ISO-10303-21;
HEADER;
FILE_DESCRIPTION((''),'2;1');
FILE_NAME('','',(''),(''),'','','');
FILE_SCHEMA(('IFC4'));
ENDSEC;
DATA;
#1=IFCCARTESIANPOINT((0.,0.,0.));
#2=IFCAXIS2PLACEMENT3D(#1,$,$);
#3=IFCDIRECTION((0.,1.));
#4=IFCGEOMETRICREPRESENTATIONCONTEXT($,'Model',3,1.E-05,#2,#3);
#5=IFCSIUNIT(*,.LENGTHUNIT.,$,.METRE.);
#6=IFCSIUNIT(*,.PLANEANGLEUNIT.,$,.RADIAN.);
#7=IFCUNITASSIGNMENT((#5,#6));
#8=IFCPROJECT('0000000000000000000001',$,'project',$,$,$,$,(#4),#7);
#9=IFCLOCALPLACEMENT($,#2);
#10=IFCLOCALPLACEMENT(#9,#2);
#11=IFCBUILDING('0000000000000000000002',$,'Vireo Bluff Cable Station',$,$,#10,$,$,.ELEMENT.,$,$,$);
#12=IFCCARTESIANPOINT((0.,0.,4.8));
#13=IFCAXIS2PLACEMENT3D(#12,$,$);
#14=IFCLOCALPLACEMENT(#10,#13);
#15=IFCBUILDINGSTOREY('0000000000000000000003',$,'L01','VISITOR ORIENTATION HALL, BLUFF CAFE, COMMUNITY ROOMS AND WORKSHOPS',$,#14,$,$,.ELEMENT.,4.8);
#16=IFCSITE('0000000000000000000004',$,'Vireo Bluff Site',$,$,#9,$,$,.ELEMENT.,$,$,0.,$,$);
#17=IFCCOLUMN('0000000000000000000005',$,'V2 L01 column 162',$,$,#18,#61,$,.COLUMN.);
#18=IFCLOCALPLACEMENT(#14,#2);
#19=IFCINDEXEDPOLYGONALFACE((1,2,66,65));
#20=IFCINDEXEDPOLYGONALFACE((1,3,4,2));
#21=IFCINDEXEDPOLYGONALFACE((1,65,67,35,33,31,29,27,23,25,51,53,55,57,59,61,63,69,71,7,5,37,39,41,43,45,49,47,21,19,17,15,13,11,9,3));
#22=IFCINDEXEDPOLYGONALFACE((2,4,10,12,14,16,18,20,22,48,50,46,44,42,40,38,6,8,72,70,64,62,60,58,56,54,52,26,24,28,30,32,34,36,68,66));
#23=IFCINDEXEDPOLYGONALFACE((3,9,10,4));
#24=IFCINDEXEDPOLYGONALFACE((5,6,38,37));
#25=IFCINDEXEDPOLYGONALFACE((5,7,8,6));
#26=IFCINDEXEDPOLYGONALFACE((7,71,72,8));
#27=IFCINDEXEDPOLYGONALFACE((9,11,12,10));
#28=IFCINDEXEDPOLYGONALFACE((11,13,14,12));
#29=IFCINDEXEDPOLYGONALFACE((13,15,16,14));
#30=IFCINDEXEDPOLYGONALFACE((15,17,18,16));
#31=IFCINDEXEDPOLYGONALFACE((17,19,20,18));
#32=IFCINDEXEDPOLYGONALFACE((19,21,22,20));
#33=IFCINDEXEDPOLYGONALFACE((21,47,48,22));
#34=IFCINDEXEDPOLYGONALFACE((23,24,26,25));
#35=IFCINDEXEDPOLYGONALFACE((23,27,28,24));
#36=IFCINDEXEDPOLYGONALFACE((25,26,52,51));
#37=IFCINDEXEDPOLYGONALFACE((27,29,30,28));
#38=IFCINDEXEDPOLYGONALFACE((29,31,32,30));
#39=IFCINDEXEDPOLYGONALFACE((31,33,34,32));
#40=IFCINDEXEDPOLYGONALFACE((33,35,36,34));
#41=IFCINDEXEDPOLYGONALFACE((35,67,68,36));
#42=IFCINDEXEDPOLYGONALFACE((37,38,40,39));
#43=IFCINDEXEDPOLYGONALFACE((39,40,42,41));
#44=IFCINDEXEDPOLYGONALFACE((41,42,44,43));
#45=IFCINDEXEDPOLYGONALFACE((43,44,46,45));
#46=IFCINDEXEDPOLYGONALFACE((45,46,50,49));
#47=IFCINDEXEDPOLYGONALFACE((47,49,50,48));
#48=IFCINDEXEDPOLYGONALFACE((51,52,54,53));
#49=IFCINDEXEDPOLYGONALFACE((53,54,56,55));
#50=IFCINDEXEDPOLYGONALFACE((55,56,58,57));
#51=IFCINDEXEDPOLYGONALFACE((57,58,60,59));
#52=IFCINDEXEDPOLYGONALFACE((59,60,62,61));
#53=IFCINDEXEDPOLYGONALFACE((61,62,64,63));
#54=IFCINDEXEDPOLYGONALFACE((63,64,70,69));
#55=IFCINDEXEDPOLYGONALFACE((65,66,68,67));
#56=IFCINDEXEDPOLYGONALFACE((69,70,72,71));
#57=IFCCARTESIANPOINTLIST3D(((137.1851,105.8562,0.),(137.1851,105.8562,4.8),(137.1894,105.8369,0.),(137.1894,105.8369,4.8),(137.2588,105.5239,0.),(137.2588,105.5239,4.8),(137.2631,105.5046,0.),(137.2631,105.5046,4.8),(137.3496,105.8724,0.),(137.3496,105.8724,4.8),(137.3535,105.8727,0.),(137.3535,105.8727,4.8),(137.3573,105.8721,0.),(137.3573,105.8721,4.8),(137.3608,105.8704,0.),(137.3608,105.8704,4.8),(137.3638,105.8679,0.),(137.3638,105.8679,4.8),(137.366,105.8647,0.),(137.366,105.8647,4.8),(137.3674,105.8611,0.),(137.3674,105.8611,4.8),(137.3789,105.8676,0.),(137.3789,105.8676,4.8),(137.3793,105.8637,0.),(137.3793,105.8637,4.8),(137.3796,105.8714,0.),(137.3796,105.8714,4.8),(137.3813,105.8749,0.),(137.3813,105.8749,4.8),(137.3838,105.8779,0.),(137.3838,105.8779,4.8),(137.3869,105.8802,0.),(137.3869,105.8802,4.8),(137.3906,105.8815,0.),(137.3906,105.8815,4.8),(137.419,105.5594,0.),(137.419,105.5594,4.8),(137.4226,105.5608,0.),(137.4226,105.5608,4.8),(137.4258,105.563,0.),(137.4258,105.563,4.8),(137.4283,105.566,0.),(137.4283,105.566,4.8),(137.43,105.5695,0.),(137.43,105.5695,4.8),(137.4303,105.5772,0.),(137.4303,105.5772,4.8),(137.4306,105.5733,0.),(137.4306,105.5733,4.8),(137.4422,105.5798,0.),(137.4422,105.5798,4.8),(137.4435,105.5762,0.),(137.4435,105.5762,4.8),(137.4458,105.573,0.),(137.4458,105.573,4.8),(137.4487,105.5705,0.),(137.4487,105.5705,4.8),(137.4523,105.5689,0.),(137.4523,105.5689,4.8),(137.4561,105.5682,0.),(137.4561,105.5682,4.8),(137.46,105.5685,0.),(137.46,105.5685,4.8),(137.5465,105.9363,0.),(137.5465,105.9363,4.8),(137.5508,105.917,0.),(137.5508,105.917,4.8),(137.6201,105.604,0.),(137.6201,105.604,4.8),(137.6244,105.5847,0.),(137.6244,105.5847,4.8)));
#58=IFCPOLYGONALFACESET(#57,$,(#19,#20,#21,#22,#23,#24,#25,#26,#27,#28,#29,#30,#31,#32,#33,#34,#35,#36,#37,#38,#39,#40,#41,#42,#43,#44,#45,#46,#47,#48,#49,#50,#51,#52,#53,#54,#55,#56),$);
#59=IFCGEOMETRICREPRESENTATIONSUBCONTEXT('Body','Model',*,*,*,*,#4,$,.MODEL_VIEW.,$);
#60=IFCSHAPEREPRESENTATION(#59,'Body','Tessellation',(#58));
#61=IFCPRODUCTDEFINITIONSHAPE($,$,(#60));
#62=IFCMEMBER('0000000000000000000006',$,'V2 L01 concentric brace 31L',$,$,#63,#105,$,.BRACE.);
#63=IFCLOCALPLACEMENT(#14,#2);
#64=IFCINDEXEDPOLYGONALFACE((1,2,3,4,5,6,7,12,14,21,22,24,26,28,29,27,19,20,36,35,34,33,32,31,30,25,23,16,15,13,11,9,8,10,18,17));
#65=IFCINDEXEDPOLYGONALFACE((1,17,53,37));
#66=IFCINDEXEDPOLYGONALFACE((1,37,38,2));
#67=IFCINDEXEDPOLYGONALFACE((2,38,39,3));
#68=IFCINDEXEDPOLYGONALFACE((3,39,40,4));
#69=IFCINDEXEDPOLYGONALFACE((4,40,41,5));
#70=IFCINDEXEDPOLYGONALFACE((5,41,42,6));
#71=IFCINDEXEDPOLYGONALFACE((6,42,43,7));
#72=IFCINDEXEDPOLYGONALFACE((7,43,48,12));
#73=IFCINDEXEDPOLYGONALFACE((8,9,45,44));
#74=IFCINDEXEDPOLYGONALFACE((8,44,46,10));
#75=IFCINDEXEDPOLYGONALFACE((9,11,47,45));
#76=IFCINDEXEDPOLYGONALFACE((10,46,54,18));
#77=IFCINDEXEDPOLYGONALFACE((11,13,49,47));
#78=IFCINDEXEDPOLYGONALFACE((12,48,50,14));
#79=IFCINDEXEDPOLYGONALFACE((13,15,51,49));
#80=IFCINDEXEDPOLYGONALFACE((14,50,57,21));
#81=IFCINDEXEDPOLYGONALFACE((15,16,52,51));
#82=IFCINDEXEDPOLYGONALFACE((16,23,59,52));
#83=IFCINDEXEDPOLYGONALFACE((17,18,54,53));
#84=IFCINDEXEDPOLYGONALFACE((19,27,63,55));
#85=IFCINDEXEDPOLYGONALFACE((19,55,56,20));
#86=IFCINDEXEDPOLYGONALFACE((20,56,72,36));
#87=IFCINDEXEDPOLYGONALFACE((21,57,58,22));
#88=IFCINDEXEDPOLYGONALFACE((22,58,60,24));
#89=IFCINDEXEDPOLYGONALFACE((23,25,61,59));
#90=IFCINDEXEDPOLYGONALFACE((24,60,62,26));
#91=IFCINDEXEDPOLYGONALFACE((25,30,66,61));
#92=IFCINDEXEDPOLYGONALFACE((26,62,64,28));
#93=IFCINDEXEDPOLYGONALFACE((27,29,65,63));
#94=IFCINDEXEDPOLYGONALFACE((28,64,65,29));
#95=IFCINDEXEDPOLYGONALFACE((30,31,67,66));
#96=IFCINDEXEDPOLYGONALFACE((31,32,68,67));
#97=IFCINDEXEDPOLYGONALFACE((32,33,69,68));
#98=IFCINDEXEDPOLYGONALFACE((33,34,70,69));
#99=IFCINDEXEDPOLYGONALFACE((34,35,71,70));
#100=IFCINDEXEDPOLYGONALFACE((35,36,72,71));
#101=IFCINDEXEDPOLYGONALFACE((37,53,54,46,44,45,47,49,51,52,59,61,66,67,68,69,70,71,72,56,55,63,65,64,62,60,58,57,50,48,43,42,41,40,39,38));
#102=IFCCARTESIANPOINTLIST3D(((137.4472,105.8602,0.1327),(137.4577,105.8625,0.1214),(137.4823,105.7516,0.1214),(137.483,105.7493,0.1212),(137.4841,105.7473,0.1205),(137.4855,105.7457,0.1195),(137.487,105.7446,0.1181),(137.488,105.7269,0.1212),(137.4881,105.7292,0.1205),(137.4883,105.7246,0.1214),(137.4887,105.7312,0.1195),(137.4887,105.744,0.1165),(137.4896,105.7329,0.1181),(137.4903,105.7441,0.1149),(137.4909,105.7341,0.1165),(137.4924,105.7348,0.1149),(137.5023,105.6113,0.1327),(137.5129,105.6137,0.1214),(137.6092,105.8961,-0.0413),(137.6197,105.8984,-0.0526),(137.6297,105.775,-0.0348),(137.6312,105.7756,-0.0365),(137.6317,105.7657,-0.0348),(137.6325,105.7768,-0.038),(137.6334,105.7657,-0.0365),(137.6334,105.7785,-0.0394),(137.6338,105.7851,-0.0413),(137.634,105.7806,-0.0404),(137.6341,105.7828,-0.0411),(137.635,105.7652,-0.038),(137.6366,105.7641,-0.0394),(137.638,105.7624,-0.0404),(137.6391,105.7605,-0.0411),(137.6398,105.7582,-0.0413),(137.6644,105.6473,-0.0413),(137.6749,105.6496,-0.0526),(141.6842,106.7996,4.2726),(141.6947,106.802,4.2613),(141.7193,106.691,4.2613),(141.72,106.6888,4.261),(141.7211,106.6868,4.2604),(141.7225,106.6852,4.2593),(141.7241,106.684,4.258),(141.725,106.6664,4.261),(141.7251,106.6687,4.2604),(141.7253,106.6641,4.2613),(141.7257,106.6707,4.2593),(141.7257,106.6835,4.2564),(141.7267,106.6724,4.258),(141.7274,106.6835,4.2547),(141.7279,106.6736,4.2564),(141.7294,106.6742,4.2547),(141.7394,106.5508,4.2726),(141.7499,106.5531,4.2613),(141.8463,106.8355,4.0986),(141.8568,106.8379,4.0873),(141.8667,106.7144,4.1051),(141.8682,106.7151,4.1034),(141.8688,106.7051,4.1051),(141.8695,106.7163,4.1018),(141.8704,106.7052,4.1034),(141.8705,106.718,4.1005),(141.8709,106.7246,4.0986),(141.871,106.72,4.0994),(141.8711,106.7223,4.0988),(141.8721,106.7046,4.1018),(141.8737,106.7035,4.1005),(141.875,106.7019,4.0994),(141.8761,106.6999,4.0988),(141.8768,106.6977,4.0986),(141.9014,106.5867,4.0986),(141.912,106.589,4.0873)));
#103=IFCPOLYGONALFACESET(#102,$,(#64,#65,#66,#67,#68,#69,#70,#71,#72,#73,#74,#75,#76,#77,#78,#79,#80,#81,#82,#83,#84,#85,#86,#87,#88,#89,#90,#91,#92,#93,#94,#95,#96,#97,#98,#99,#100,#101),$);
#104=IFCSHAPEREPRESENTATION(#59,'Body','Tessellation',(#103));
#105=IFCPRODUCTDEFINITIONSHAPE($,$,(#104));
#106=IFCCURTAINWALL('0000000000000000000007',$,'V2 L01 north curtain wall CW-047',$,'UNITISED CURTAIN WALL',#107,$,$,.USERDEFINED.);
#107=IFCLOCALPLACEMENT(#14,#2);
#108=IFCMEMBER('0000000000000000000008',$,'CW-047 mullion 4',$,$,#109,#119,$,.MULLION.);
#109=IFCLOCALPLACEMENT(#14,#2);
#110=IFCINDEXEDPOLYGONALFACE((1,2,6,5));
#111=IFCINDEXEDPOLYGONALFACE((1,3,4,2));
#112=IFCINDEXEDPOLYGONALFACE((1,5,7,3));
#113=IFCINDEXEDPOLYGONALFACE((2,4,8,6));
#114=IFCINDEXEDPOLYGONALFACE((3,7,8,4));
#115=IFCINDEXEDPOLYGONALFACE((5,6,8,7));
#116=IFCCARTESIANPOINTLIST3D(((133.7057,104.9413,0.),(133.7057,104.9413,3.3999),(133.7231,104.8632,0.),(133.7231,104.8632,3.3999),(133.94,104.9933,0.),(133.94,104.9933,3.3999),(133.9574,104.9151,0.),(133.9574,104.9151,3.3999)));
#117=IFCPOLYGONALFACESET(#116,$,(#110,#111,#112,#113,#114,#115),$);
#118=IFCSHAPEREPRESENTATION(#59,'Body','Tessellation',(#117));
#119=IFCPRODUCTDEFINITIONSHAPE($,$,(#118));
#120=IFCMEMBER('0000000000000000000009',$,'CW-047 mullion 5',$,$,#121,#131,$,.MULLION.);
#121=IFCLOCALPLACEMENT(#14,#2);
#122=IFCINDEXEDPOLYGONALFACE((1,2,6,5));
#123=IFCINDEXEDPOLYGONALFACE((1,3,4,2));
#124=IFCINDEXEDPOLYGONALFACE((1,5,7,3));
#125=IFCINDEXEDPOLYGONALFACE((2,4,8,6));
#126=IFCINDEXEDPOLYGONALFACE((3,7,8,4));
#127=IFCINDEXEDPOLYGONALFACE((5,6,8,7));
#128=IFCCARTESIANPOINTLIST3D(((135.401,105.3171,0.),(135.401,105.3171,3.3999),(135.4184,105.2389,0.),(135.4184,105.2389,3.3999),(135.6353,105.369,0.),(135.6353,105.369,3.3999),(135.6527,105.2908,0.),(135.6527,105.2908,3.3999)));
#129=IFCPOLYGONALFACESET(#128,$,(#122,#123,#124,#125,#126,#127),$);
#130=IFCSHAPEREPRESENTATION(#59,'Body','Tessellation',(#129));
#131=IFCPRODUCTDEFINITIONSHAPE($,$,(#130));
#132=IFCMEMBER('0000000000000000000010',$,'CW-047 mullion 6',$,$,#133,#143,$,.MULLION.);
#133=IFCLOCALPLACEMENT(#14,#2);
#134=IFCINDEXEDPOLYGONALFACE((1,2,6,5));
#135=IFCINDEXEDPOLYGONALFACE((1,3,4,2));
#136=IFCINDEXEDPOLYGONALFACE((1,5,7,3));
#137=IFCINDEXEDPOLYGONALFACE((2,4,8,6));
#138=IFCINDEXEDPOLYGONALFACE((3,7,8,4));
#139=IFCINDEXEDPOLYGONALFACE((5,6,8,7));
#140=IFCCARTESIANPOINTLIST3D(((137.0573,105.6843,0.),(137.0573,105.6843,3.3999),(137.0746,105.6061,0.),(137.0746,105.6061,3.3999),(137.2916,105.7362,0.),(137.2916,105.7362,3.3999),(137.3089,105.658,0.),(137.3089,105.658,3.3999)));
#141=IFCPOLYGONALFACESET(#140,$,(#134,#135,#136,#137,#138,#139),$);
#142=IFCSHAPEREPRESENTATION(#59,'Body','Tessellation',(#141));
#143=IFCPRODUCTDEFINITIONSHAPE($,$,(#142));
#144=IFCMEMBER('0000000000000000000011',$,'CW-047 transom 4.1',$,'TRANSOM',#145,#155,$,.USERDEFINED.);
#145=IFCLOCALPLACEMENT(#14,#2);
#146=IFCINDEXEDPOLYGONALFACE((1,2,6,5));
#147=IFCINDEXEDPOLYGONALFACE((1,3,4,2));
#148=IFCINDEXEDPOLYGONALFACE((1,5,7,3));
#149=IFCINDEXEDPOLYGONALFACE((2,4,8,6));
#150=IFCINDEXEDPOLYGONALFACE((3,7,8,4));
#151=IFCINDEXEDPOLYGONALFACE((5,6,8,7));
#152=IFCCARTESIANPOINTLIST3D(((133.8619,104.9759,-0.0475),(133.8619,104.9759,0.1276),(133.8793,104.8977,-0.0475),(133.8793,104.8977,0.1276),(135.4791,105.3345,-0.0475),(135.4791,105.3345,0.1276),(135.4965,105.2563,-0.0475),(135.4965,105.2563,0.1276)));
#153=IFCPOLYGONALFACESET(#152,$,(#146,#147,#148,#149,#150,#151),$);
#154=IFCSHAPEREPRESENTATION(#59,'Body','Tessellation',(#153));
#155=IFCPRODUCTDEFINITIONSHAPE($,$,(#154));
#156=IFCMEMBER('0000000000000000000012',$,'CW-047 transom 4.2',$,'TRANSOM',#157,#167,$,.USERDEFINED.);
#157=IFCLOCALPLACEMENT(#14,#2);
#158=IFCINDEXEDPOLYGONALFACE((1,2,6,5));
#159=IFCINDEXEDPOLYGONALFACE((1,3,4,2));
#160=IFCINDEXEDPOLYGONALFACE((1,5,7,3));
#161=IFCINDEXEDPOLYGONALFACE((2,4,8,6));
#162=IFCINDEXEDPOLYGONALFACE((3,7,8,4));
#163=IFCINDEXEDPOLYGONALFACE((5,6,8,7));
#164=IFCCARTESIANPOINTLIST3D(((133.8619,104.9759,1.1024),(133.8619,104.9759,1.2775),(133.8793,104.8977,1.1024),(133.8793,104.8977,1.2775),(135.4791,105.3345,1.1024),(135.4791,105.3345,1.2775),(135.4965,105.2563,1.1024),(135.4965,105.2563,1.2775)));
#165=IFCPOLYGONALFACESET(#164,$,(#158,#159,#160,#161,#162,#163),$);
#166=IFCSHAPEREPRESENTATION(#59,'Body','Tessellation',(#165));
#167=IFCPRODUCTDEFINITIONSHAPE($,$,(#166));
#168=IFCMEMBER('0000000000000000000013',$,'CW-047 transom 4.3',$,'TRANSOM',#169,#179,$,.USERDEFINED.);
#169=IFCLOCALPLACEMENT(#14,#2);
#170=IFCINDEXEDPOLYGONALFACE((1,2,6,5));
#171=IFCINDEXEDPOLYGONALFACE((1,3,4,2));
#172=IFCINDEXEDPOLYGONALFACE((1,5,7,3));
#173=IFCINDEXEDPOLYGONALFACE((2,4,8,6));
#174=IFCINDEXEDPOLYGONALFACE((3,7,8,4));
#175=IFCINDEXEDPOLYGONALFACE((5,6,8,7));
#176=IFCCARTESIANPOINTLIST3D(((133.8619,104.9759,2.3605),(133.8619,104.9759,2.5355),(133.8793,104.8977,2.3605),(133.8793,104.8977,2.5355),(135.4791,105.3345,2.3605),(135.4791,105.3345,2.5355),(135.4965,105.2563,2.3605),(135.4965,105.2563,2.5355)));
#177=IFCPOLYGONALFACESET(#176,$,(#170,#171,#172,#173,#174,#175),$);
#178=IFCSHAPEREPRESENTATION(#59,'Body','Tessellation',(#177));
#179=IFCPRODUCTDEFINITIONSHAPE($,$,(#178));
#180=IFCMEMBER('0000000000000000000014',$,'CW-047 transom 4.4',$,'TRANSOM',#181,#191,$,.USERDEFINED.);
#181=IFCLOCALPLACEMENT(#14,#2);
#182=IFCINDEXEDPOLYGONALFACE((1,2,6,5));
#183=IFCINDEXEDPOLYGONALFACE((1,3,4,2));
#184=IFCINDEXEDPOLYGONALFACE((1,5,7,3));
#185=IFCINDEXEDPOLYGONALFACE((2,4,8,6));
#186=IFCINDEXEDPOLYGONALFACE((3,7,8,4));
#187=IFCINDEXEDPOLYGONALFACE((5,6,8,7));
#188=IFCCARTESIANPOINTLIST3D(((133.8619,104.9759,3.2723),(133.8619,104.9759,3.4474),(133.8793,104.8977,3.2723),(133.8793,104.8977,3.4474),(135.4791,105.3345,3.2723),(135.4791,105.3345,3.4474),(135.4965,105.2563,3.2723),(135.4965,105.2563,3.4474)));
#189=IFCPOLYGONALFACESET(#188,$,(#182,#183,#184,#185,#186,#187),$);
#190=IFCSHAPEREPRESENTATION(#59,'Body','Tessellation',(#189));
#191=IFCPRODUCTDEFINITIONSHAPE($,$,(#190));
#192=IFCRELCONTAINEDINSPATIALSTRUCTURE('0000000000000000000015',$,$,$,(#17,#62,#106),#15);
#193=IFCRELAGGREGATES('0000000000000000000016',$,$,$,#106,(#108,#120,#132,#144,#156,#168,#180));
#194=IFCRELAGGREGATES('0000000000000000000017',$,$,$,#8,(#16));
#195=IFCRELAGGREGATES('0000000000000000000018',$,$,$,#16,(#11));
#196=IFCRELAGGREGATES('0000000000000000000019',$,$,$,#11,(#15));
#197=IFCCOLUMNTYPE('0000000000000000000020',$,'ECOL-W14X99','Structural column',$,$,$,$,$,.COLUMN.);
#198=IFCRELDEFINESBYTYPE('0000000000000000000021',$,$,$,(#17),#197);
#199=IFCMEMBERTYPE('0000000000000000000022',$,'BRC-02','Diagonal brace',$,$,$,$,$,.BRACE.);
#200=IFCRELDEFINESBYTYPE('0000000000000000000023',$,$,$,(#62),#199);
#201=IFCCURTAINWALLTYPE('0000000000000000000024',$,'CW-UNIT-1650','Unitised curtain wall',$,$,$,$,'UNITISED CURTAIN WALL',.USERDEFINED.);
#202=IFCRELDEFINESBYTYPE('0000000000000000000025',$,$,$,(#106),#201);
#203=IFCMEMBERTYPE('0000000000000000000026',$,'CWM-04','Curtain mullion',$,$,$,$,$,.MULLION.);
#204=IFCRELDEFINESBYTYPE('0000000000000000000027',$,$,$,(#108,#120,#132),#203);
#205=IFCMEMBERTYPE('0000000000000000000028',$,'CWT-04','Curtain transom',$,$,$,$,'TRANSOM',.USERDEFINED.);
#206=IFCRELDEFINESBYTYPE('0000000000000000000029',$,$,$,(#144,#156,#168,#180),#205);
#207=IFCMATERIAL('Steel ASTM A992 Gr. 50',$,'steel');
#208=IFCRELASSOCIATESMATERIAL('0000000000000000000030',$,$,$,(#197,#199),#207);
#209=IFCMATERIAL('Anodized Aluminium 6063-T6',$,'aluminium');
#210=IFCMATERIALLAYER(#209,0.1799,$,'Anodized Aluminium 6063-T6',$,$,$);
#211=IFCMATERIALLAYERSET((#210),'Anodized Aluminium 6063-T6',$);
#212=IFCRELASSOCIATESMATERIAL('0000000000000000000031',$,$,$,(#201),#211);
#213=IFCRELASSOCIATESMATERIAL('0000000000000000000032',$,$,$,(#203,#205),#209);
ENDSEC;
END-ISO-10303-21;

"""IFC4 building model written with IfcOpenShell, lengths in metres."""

from ifc_helpers import new_model, si_unit, direction, frame, origin, origin_2d, place, context, subcontext, project, spatial, rectangle, i_section, extrude, material, layer, layer_set, material_profile, profile_set, type_object, element, aggregate, save


model = new_model("IFC4")

# Units and contexts
model_context = context("Model", 3, precision=1e-05, world=origin(), true_north=direction((0.0, 1.0)))
body_context = subcontext(model_context, "Body", "Model", "MODEL_VIEW")
ifc_project = project(units=[si_unit("LENGTHUNIT", "METRE"), si_unit("PLANEANGLEUNIT", "RADIAN")], contexts=[model_context])

# Site, building, storey
site_placement = place(None, origin())
site = spatial("IfcSite", under=ifc_project, at=site_placement, Name="Vireo Bluff Site", CompositionType="ELEMENT", RefElevation=0.0)
building_placement = place(site_placement, origin())
building = spatial("IfcBuilding", under=site, at=building_placement, Name="Vireo Bluff Cable Station", CompositionType="ELEMENT")
storey_placement = place(building_placement, frame((0.0, 0.0, 4.8)))
storey = spatial("IfcBuildingStorey", under=building, at=storey_placement, Name="L01", Description="VISITOR ORIENTATION HALL, BLUFF CAFE, COMMUNITY ROOMS AND WORKSHOPS", CompositionType="ELEMENT", Elevation=4.8)

# Column
ifc_material_1 = material(Name="Steel ASTM A992 Gr. 50", Category="steel")
ifc_material_profile_1 = material_profile(ifc_material_1, i_section(OverallWidth=0.3701, OverallDepth=0.3601, WebThickness=0.0122, FlangeThickness=0.0198, FilletRadius=0.0149, at=origin_2d()), Name="W14X99")
ifc_profile_set_1 = profile_set([ifc_material_profile_1], Name="Steel ASTM A992 Gr. 50")
column_type = type_object("IfcColumnType", Name="ECOL-W14X99", Description="Structural column", PredefinedType="COLUMN", material=ifc_profile_set_1)
column_placement = place(storey_placement, frame((137.4048, 105.7205, 0.0), z_axis=(0.0, 0.0, 1.0), x_axis=(0.976296, 0.21644, 0.0)))
element("IfcColumn", 1, at=column_placement, inside=storey, type_object=column_type, Name="V2 L01 column 162", PredefinedType="COLUMN", context=body_context, shape_type="SweptSolid", body=[
    extrude(i_section(OverallWidth=0.3701, OverallDepth=0.3601, WebThickness=0.0122, FlangeThickness=0.0198, FilletRadius=0.0149, at=origin_2d()), origin(), (0.0, 0.0, 1.0), 4.8),
])

# Member
ifc_material_profile_2 = material_profile(ifc_material_1, i_section(OverallWidth=0.2549, OverallDepth=0.2561, WebThickness=0.0095, FlangeThickness=0.0156, FilletRadius=0.009, at=origin_2d()), Name="W10X54")
ifc_profile_set_2 = profile_set([ifc_material_profile_2], Name="Steel ASTM A992 Gr. 50")
member_type_1 = type_object("IfcMemberType", Name="BRC-02", Description="Diagonal brace", PredefinedType="BRACE", material=ifc_profile_set_2)
member_1_placement = place(storey_placement, frame((137.561, 105.7549, 0.04), z_axis=(0.706432, 0.156632, 0.690232), x_axis=(-0.216466, 0.97629, 0.0)))
element("IfcMember", 2, at=member_1_placement, inside=storey, type_object=member_type_1, Name="V2 L01 concentric brace 31L", PredefinedType="BRACE", context=body_context, shape_type="SweptSolid", body=[
    extrude(i_section(OverallWidth=0.2549, OverallDepth=0.2561, WebThickness=0.0095, FlangeThickness=0.0156, FilletRadius=0.009, at=origin_2d()), origin(), (0.0, 0.0, 1.0), 5.9978),
])

# Curtain wall, members
ifc_material_2 = material(Name="Anodized Aluminium 6063-T6", Category="aluminium")
ifc_layer_1 = layer(ifc_material_2, 0.1799, Name="Anodized Aluminium 6063-T6")
ifc_layer_set_1 = layer_set([ifc_layer_1], Name="Anodized Aluminium 6063-T6")
curtain_wall_type = type_object("IfcCurtainWallType", Name="CW-UNIT-1650", Description="Unitised curtain wall", ElementType="UNITISED CURTAIN WALL", PredefinedType="USERDEFINED", material=ifc_layer_set_1)
curtain_wall_placement = place(storey_placement, origin())
curtain_wall = element("IfcCurtainWall", 3, at=curtain_wall_placement, inside=storey, type_object=curtain_wall_type, Name="V2 L01 north curtain wall CW-047", ObjectType="UNITISED CURTAIN WALL", PredefinedType="USERDEFINED")
ifc_material_profile_3 = material_profile(ifc_material_2, rectangle(XDim=0.0801, YDim=0.24, at=origin_2d()), Name="ALU-M-80X240")
ifc_profile_set_3 = profile_set([ifc_material_profile_3], Name="Anodized Aluminium 6063-T6")
member_type_2 = type_object("IfcMemberType", Name="CWM-04", Description="Curtain mullion", PredefinedType="MULLION", material=ifc_profile_set_3)
member_2_placement = place(storey_placement, frame((133.8315, 104.9282, 0.0), z_axis=(0.0, 0.0, 1.0), x_axis=(-0.21644, 0.976296, 0.0)))
member_2 = element("IfcMember", 4, at=member_2_placement, type_object=member_type_2, Name="CW-047 mullion 4", PredefinedType="MULLION", context=body_context, shape_type="SweptSolid", body=[
    extrude(rectangle(XDim=0.0801, YDim=0.24, at=origin_2d()), origin(), (0.0, 0.0, 1.0), 3.3999),
])
member_3_placement = place(storey_placement, frame((135.5269, 105.304, 0.0), z_axis=(0.0, 0.0, 1.0), x_axis=(-0.21644, 0.976296, 0.0)))
member_3 = element("IfcMember", 5, at=member_3_placement, type_object=member_type_2, Name="CW-047 mullion 5", PredefinedType="MULLION", context=body_context, shape_type="SweptSolid", body=[
    extrude(rectangle(XDim=0.0801, YDim=0.24, at=origin_2d()), origin(), (0.0, 0.0, 1.0), 3.3999),
])
member_4_placement = place(storey_placement, frame((137.1831, 105.6711, 0.0), z_axis=(0.0, 0.0, 1.0), x_axis=(-0.21644, 0.976296, 0.0)))
member_4 = element("IfcMember", 6, at=member_4_placement, type_object=member_type_2, Name="CW-047 mullion 6", PredefinedType="MULLION", context=body_context, shape_type="SweptSolid", body=[
    extrude(rectangle(XDim=0.0801, YDim=0.24, at=origin_2d()), origin(), (0.0, 0.0, 1.0), 3.3999),
])
ifc_material_profile_4 = material_profile(ifc_material_2, rectangle(XDim=0.0801, YDim=0.175, at=origin_2d()), Name="ALU-T-80X175")
ifc_profile_set_4 = profile_set([ifc_material_profile_4], Name="Anodized Aluminium 6063-T6")
member_type_3 = type_object("IfcMemberType", Name="CWT-04", Description="Curtain transom", ElementType="TRANSOM", PredefinedType="USERDEFINED", material=ifc_profile_set_4)
member_5_placement = place(storey_placement, frame((133.8706, 104.9368, 0.04), z_axis=(0.976281, 0.216509, 0.0), x_axis=(-0.216509, 0.976281, 0.0)))
member_5 = element("IfcMember", 7, at=member_5_placement, type_object=member_type_3, Name="CW-047 transom 4.1", ObjectType="TRANSOM", PredefinedType="USERDEFINED", context=body_context, shape_type="SweptSolid", body=[
    extrude(rectangle(XDim=0.0801, YDim=0.175, at=origin_2d()), origin(), (0.0, 0.0, 1.0), 1.6565),
])
member_6_placement = place(storey_placement, frame((133.8706, 104.9368, 1.1899), z_axis=(0.976281, 0.216509, 0.0), x_axis=(-0.216509, 0.976281, 0.0)))
member_6 = element("IfcMember", 8, at=member_6_placement, type_object=member_type_3, Name="CW-047 transom 4.2", ObjectType="TRANSOM", PredefinedType="USERDEFINED", context=body_context, shape_type="SweptSolid", body=[
    extrude(rectangle(XDim=0.0801, YDim=0.175, at=origin_2d()), origin(), (0.0, 0.0, 1.0), 1.6565),
])
member_7_placement = place(storey_placement, frame((133.8706, 104.9368, 2.448), z_axis=(0.976281, 0.216509, 0.0), x_axis=(-0.216509, 0.976281, 0.0)))
member_7 = element("IfcMember", 9, at=member_7_placement, type_object=member_type_3, Name="CW-047 transom 4.3", ObjectType="TRANSOM", PredefinedType="USERDEFINED", context=body_context, shape_type="SweptSolid", body=[
    extrude(rectangle(XDim=0.0801, YDim=0.175, at=origin_2d()), origin(), (0.0, 0.0, 1.0), 1.6565),
])
member_8_placement = place(storey_placement, frame((133.8706, 104.9368, 3.3599), z_axis=(0.976281, 0.216509, 0.0), x_axis=(-0.216509, 0.976281, 0.0)))
member_8 = element("IfcMember", 10, at=member_8_placement, type_object=member_type_3, Name="CW-047 transom 4.4", ObjectType="TRANSOM", PredefinedType="USERDEFINED", context=body_context, shape_type="SweptSolid", body=[
    extrude(rectangle(XDim=0.0801, YDim=0.175, at=origin_2d()), origin(), (0.0, 0.0, 1.0), 1.6565),
])

aggregate(curtain_wall, [member_2, member_3, member_4, member_5, member_6, member_7, member_8])

save(model, "model.ifc")
